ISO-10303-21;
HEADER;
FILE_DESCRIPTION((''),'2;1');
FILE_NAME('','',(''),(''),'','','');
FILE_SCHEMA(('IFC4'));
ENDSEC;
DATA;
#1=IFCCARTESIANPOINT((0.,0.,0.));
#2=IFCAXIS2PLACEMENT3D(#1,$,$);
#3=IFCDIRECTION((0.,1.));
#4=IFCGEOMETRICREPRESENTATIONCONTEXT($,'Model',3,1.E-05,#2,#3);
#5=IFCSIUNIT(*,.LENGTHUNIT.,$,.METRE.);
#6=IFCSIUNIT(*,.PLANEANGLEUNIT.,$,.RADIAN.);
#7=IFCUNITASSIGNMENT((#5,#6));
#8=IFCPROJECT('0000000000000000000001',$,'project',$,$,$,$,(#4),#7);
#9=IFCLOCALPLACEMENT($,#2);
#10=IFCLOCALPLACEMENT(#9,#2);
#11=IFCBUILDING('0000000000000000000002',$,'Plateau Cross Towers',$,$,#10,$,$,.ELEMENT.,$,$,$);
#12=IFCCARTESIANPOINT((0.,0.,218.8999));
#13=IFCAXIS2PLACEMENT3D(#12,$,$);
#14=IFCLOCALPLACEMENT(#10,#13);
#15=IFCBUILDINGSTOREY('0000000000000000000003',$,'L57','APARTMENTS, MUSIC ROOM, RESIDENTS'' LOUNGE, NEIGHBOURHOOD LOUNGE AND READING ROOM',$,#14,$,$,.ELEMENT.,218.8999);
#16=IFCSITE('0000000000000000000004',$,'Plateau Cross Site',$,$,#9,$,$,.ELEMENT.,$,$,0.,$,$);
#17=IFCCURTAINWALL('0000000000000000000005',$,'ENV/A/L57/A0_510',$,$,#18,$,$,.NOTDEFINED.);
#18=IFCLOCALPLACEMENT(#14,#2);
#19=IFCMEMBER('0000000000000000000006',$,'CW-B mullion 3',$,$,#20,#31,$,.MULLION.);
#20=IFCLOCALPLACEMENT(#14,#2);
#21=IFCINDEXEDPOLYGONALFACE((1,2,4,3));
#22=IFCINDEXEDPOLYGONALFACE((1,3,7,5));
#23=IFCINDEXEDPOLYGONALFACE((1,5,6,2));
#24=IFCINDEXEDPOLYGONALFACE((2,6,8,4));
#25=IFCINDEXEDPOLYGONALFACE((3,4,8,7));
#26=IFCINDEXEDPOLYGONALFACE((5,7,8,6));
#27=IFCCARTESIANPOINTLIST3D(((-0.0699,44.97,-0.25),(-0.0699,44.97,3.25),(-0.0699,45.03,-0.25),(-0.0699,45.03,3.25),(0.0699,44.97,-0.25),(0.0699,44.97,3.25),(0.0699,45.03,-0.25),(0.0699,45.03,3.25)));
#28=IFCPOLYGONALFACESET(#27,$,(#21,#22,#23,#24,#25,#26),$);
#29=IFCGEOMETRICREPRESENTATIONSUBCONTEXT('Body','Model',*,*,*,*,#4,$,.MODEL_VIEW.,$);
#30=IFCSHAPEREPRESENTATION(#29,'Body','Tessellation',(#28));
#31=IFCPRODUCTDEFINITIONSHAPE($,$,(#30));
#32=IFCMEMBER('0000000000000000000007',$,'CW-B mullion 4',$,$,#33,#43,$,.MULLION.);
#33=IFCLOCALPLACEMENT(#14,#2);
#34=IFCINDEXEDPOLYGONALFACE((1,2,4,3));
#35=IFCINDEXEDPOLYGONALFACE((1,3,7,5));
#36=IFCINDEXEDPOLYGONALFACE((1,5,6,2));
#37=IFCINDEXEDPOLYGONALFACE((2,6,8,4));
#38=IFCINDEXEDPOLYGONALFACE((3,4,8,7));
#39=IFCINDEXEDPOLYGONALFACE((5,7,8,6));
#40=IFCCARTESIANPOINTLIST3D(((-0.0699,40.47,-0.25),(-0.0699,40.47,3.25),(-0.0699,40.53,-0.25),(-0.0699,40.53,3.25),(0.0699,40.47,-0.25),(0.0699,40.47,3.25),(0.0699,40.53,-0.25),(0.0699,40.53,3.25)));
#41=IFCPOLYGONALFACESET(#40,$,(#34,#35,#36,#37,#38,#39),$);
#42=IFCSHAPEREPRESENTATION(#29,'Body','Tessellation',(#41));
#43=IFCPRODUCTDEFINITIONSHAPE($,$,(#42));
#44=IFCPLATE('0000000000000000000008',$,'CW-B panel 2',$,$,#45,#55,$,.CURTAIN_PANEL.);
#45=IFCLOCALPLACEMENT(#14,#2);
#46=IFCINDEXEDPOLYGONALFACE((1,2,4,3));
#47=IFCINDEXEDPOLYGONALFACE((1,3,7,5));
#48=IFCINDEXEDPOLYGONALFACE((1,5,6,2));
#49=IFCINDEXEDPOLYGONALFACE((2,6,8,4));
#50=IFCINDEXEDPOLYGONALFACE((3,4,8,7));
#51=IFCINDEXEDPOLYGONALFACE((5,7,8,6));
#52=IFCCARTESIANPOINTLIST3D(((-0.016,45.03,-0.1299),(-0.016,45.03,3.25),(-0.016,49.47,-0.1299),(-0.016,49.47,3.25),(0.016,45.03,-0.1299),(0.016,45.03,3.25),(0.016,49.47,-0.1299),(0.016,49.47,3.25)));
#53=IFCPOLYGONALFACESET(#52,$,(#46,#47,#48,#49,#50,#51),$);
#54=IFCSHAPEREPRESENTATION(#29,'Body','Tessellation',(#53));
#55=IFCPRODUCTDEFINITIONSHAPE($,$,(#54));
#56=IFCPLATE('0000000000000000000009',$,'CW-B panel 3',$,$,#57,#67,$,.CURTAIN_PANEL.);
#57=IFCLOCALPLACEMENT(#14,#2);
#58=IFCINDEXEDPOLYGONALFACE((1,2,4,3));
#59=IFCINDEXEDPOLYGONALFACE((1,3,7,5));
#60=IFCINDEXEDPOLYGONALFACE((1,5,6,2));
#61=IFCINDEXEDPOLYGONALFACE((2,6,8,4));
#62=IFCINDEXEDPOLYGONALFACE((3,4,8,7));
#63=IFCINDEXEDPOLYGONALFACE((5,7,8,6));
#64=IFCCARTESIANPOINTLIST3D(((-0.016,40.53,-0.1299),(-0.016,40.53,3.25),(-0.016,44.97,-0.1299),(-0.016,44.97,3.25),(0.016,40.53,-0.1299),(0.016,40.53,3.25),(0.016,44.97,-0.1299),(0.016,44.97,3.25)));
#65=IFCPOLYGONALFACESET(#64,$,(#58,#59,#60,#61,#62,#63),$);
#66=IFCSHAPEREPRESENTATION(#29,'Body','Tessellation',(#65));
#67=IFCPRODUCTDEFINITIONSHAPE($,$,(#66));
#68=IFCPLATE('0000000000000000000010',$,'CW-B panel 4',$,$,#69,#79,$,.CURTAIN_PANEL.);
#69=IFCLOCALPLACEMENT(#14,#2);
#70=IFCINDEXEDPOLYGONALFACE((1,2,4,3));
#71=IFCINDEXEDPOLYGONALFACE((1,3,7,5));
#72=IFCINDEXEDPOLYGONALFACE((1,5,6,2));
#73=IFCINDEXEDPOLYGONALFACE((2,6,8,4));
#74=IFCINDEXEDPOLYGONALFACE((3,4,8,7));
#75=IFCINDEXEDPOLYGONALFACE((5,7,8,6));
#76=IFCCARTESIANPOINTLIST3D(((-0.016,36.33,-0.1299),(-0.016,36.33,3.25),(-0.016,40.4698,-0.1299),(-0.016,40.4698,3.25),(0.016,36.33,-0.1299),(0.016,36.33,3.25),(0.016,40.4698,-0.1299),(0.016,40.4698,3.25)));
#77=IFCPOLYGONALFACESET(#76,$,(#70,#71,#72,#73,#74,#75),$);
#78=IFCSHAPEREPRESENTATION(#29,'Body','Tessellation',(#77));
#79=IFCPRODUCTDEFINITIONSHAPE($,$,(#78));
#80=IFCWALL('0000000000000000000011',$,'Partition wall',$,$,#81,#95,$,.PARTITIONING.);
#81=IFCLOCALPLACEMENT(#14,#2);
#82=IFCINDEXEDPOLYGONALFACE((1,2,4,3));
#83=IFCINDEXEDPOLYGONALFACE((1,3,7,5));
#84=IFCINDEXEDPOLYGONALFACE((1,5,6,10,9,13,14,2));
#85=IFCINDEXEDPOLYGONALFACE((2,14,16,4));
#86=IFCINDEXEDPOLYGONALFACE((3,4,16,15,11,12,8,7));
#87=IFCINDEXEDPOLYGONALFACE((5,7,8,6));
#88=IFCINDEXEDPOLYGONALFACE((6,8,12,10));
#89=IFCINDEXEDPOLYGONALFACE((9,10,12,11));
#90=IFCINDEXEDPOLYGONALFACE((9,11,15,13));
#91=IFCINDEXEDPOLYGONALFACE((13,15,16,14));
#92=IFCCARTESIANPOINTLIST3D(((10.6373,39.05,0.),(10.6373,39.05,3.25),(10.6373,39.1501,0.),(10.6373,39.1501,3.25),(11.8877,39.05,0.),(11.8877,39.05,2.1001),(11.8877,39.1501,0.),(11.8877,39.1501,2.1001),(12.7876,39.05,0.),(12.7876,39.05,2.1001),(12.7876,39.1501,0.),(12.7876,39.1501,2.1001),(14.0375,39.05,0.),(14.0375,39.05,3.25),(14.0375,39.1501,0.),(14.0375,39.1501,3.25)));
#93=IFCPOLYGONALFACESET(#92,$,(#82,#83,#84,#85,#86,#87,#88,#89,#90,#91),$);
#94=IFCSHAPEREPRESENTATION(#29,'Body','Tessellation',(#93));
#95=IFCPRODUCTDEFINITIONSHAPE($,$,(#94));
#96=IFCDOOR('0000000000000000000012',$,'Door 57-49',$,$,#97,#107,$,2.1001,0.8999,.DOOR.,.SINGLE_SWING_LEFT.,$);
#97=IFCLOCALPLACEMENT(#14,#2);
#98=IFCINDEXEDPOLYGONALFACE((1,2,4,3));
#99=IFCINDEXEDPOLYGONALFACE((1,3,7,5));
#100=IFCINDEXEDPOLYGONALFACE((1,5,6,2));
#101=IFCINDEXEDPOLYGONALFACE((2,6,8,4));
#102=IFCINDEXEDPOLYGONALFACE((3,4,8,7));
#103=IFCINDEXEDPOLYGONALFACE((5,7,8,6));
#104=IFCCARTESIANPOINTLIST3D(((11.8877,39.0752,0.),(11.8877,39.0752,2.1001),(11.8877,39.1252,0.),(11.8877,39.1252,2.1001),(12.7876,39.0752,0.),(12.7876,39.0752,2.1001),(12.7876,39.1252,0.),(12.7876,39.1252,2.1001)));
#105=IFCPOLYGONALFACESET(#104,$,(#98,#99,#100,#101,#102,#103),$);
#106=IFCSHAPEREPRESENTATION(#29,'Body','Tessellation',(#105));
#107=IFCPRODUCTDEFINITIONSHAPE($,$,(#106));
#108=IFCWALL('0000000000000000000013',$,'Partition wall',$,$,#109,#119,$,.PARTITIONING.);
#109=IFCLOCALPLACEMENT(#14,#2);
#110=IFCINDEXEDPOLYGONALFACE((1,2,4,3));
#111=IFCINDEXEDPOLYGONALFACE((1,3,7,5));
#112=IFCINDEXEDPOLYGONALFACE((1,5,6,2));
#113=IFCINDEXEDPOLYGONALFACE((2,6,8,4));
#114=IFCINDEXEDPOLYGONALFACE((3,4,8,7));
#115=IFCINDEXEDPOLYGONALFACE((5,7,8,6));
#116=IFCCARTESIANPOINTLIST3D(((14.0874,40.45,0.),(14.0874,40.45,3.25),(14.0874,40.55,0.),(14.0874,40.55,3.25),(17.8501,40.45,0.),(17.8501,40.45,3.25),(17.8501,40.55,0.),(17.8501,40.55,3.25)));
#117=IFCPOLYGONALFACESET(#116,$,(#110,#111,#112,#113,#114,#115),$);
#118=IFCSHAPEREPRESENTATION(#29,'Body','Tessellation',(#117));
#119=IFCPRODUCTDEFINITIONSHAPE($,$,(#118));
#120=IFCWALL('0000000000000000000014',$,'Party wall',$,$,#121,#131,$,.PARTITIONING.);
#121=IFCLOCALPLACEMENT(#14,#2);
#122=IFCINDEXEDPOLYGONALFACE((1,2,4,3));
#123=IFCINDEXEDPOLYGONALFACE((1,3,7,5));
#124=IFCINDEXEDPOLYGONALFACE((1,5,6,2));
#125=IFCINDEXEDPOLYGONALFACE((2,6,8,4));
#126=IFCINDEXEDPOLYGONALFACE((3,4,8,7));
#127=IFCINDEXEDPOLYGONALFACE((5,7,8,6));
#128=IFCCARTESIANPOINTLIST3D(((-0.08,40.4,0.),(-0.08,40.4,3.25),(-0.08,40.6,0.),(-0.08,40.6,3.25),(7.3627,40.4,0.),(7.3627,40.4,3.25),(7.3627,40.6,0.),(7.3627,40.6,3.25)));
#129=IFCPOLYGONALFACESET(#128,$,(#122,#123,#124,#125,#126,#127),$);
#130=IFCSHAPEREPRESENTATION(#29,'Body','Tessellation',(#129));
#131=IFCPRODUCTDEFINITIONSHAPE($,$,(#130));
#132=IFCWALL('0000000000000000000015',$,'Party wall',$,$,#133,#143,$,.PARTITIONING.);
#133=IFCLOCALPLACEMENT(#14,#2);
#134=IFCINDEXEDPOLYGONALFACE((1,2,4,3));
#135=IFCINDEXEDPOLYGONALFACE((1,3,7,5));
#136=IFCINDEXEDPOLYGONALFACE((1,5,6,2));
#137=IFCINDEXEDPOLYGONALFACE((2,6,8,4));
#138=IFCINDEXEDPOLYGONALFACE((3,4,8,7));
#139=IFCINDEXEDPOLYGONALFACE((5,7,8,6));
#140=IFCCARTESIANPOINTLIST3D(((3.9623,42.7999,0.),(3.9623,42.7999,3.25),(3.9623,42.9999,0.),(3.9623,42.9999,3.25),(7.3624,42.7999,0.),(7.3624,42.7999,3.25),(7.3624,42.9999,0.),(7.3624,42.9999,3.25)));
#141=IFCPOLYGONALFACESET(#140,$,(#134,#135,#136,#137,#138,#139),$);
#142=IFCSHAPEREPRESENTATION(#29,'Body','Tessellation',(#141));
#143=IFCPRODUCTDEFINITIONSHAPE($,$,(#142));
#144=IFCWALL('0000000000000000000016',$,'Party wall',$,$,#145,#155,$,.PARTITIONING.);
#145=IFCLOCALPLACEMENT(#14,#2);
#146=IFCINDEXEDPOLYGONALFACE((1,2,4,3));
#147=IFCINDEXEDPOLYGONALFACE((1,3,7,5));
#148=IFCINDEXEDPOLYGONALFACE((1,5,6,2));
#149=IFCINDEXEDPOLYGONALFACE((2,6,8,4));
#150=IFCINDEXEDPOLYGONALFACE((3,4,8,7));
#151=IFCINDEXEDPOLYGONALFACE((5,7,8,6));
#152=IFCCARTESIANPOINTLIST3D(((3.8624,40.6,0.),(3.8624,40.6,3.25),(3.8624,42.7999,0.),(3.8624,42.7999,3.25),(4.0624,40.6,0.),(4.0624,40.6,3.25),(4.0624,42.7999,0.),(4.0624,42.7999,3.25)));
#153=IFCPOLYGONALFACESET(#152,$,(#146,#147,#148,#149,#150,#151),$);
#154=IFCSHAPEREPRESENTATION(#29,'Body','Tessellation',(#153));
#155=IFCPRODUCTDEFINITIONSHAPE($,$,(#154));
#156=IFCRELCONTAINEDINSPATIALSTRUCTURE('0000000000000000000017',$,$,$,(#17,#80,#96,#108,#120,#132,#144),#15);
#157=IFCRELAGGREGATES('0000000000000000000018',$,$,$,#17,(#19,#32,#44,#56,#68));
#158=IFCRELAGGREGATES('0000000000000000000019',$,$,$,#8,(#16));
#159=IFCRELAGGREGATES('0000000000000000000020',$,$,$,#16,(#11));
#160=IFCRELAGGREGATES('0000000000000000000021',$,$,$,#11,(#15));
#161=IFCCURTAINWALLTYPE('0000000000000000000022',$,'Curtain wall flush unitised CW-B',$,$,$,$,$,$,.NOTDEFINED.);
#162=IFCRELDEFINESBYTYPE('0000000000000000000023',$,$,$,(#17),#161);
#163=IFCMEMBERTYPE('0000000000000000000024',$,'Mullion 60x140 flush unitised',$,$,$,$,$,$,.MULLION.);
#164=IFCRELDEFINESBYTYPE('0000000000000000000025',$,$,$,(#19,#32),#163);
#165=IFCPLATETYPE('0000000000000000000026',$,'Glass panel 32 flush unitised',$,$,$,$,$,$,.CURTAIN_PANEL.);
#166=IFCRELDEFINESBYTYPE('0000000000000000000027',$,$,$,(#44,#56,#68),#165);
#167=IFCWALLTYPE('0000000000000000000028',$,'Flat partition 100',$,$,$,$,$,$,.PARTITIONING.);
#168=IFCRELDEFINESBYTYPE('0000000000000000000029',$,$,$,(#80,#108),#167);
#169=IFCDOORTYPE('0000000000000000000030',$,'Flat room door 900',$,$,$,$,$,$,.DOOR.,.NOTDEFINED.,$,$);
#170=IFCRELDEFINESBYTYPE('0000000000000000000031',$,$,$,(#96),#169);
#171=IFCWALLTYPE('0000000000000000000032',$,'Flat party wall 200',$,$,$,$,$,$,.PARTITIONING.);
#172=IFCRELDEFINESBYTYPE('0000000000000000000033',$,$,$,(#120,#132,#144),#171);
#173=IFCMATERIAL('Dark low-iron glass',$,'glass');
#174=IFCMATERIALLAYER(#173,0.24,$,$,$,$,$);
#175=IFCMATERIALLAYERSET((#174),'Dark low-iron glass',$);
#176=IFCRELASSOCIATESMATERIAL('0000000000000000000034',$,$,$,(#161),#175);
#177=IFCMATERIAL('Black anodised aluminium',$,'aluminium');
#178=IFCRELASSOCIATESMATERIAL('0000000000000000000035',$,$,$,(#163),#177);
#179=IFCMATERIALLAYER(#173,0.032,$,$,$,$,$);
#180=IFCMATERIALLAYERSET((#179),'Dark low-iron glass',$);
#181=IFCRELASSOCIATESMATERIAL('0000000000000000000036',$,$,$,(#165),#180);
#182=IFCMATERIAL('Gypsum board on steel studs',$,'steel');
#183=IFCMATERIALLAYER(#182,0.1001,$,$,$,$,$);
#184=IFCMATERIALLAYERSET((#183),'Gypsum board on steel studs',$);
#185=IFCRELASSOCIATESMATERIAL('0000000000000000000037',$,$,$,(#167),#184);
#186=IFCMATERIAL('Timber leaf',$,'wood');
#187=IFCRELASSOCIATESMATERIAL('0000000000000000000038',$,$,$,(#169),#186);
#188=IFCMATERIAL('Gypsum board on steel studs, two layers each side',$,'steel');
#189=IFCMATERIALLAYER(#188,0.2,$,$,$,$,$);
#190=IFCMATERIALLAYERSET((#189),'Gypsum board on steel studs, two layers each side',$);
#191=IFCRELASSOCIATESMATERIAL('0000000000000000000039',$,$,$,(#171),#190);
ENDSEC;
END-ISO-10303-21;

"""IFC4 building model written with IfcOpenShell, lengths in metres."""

from ifc_helpers import new_model, si_unit, direction, frame, frame_2d, origin, origin_2d, place, context, subcontext, project, spatial, rectangle, extrude, material, layer, layer_set, material_profile, profile_set, type_object, element, fill, aggregate, save


model = new_model("IFC4")

# Units and contexts
model_context = context("Model", 3, precision=1e-05, world=origin(), true_north=direction((0.0, 1.0)))
body_context = subcontext(model_context, "Body", "Model", "MODEL_VIEW")
ifc_project = project(units=[si_unit("LENGTHUNIT", "METRE"), si_unit("PLANEANGLEUNIT", "RADIAN")], contexts=[model_context])

# Site, building, storey
site_placement = place(None, origin())
site = spatial("IfcSite", under=ifc_project, at=site_placement, Name="Plateau Cross Site", CompositionType="ELEMENT", RefElevation=0.0)
building_placement = place(site_placement, origin())
building = spatial("IfcBuilding", under=site, at=building_placement, Name="Plateau Cross Towers", CompositionType="ELEMENT")
storey_placement = place(building_placement, frame((0.0, 0.0, 218.8999)))
storey = spatial("IfcBuildingStorey", under=building, at=storey_placement, Name="L57", Description="APARTMENTS, MUSIC ROOM, RESIDENTS' LOUNGE, NEIGHBOURHOOD LOUNGE AND READING ROOM", CompositionType="ELEMENT", Elevation=218.8999)

# Curtain wall, members, plates
ifc_material_1 = material(Name="Dark low-iron glass", Category="glass")
ifc_layer_1 = layer(ifc_material_1, 0.24)
ifc_layer_set_1 = layer_set([ifc_layer_1], Name="Dark low-iron glass")
curtain_wall_type = type_object("IfcCurtainWallType", Name="Curtain wall flush unitised CW-B", PredefinedType="NOTDEFINED", material=ifc_layer_set_1)
curtain_wall_placement = place(storey_placement, origin())
curtain_wall = element("IfcCurtainWall", 1, at=curtain_wall_placement, inside=storey, type_object=curtain_wall_type, Name="ENV/A/L57/A0_510", PredefinedType="NOTDEFINED")
ifc_material_2 = material(Name="Black anodised aluminium", Category="aluminium")
ifc_material_profile = material_profile(ifc_material_2, rectangle(XDim=0.0601, YDim=0.1399, at=origin_2d()), Name="MULLION 60x140")
ifc_profile_set = profile_set([ifc_material_profile], Name="Black anodised aluminium")
member_type = type_object("IfcMemberType", Name="Mullion 60x140 flush unitised", PredefinedType="MULLION", material=ifc_profile_set)
member_1_placement = place(storey_placement, frame((0.0, 45.0, -0.25), z_axis=(0.0, 0.0, 1.0), x_axis=(0.0, -1.0, 0.0)))
member_1 = element("IfcMember", 2, at=member_1_placement, type_object=member_type, Name="CW-B mullion 3", PredefinedType="MULLION", context=body_context, shape_type="SweptSolid", body=[
    extrude(rectangle(XDim=0.0601, YDim=0.1399, at=origin_2d()), origin(), (0.0, 0.0, 1.0), 3.5),
])
member_2_placement = place(storey_placement, frame((0.0, 40.5, -0.25), z_axis=(0.0, 0.0, 1.0), x_axis=(0.0, -1.0, 0.0)))
member_2 = element("IfcMember", 3, at=member_2_placement, type_object=member_type, Name="CW-B mullion 4", PredefinedType="MULLION", context=body_context, shape_type="SweptSolid", body=[
    extrude(rectangle(XDim=0.0601, YDim=0.1399, at=origin_2d()), origin(), (0.0, 0.0, 1.0), 3.5),
])
ifc_layer_2 = layer(ifc_material_1, 0.032)
ifc_layer_set_2 = layer_set([ifc_layer_2], Name="Dark low-iron glass")
plate_type = type_object("IfcPlateType", Name="Glass panel 32 flush unitised", PredefinedType="CURTAIN_PANEL", material=ifc_layer_set_2)
plate_1_placement = place(storey_placement, frame((0.0, 47.25, -0.1299), z_axis=(0.0, 0.0, 1.0), x_axis=(0.0, -1.0, 0.0)))
plate_1 = element("IfcPlate", 4, at=plate_1_placement, type_object=plate_type, Name="CW-B panel 2", PredefinedType="CURTAIN_PANEL", context=body_context, shape_type="SweptSolid", body=[
    extrude(rectangle(XDim=4.4399, YDim=0.032, at=origin_2d()), origin(), (0.0, 0.0, 1.0), 3.3799),
])
plate_2_placement = place(storey_placement, frame((0.0, 42.75, -0.1299), z_axis=(0.0, 0.0, 1.0), x_axis=(0.0, -1.0, 0.0)))
plate_2 = element("IfcPlate", 5, at=plate_2_placement, type_object=plate_type, Name="CW-B panel 3", PredefinedType="CURTAIN_PANEL", context=body_context, shape_type="SweptSolid", body=[
    extrude(rectangle(XDim=4.4399, YDim=0.032, at=origin_2d()), origin(), (0.0, 0.0, 1.0), 3.3799),
])
plate_3_placement = place(storey_placement, frame((0.0, 38.3999, -0.1299), z_axis=(0.0, 0.0, 1.0), x_axis=(0.0, -1.0, 0.0)))
plate_3 = element("IfcPlate", 6, at=plate_3_placement, type_object=plate_type, Name="CW-B panel 4", PredefinedType="CURTAIN_PANEL", context=body_context, shape_type="SweptSolid", body=[
    extrude(rectangle(XDim=4.1399, YDim=0.032, at=origin_2d()), origin(), (0.0, 0.0, 1.0), 3.3799),
])
aggregate(curtain_wall, [member_1, member_2, plate_1, plate_2, plate_3])

# Wall, opening, door
ifc_material_3 = material(Name="Gypsum board on steel studs", Category="steel")
ifc_layer_3 = layer(ifc_material_3, 0.1001)
ifc_layer_set_3 = layer_set([ifc_layer_3], Name="Gypsum board on steel studs")
wall_type_1 = type_object("IfcWallType", Name="Flat partition 100", PredefinedType="PARTITIONING", material=ifc_layer_set_3)
wall_1_placement = place(storey_placement, frame((14.0376, 39.1001, 0.0), z_axis=(0.0, 0.0, 1.0), x_axis=(-1.0, 0.0, 0.0)))
wall_1 = element("IfcWall", 7, at=wall_1_placement, inside=storey, type_object=wall_type_1, Name="Partition wall", PredefinedType="PARTITIONING", context=body_context, shape_type="SweptSolid", body=[
    extrude(rectangle(XDim=3.4001, YDim=0.1001, at=frame_2d((1.7002, 0.0))), origin(), (0.0, 0.0, 1.0), 3.25),
])
opening_1_placement = place(wall_1_placement, frame((1.25, 0.0, 0.0)))
opening_1 = element("IfcOpeningElement", 8, at=opening_1_placement, cuts=wall_1, PredefinedType="OPENING", context=body_context, shape_type="SweptSolid", body=[
    extrude(rectangle(XDim=0.8999, YDim=2.1001, at=frame_2d((0.45, 1.05))), frame((0.0, 0.0601, 0.0), z_axis=(0.0, -1.0, 0.0), x_axis=(1.0, 0.0, 0.0)), (0.0, 0.0, 1.0), 0.1201),
])
ifc_material_4 = material(Name="Timber leaf", Category="wood")
door_type_1 = type_object("IfcDoorType", Name="Flat room door 900", OperationType="NOTDEFINED", PredefinedType="DOOR", material=ifc_material_4)
door_1_placement = place(opening_1_placement, origin())
door_1 = element("IfcDoor", 9, at=door_1_placement, inside=storey, type_object=door_type_1, Name="Door 57-49", OperationType="SINGLE_SWING_LEFT", OverallHeight=2.1001, OverallWidth=0.8999, PredefinedType="DOOR", context=body_context, shape_type="SweptSolid", body=[
    extrude(rectangle(XDim=0.8999, YDim=2.1001, at=frame_2d((0.45, 1.05))), frame((0.0, 0.0249, 0.0), z_axis=(0.0, -1.0, 0.0), x_axis=(1.0, 0.0, 0.0)), (0.0, 0.0, 1.0), 0.05),
])
fill(opening_1, door_1)

# Walls
wall_2_placement = place(storey_placement, frame((14.0874, 40.5, 0.0), z_axis=(0.0, 0.0, 1.0), x_axis=(1.0, 0.0, 0.0)))
element("IfcWall", 10, at=wall_2_placement, inside=storey, type_object=wall_type_1, Name="Partition wall", PredefinedType="PARTITIONING", context=body_context, shape_type="SweptSolid", body=[
    extrude(rectangle(XDim=3.7627, YDim=0.1001, at=frame_2d((1.8813, 0.0))), origin(), (0.0, 0.0, 1.0), 3.25),
])
ifc_material_5 = material(Name="Gypsum board on steel studs, two layers each side", Category="steel")
ifc_layer_4 = layer(ifc_material_5, 0.2)
ifc_layer_set_4 = layer_set([ifc_layer_4], Name="Gypsum board on steel studs, two layers each side")
wall_type_2 = type_object("IfcWallType", Name="Flat party wall 200", PredefinedType="PARTITIONING", material=ifc_layer_set_4)
wall_3_placement = place(storey_placement, frame((7.3625, 40.5, 0.0), z_axis=(0.0, 0.0, 1.0), x_axis=(-1.0, 0.0, 0.0)))
element("IfcWall", 11, at=wall_3_placement, inside=storey, type_object=wall_type_2, Name="Party wall", PredefinedType="PARTITIONING", context=body_context, shape_type="SweptSolid", body=[
    extrude(rectangle(XDim=7.4426, YDim=0.2, at=frame_2d((3.7212, 0.0))), origin(), (0.0, 0.0, 1.0), 3.25),
])
wall_4_placement = place(storey_placement, frame((7.3625, 42.8999, 0.0), z_axis=(0.0, 0.0, 1.0), x_axis=(-1.0, 0.0, 0.0)))
element("IfcWall", 12, at=wall_4_placement, inside=storey, type_object=wall_type_2, Name="Party wall", PredefinedType="PARTITIONING", context=body_context, shape_type="SweptSolid", body=[
    extrude(rectangle(XDim=3.4001, YDim=0.2, at=frame_2d((1.7002, 0.0))), origin(), (0.0, 0.0, 1.0), 3.25),
])
wall_5_placement = place(storey_placement, frame((3.9624, 42.8, 0.0), z_axis=(0.0, 0.0, 1.0), x_axis=(0.0, -1.0, 0.0)))
element("IfcWall", 13, at=wall_5_placement, inside=storey, type_object=wall_type_2, Name="Party wall", PredefinedType="PARTITIONING", context=body_context, shape_type="SweptSolid", body=[
    extrude(rectangle(XDim=2.2, YDim=0.2, at=frame_2d((1.1001, 0.0))), origin(), (0.0, 0.0, 1.0), 3.25),
])

save(model, "model.ifc")
